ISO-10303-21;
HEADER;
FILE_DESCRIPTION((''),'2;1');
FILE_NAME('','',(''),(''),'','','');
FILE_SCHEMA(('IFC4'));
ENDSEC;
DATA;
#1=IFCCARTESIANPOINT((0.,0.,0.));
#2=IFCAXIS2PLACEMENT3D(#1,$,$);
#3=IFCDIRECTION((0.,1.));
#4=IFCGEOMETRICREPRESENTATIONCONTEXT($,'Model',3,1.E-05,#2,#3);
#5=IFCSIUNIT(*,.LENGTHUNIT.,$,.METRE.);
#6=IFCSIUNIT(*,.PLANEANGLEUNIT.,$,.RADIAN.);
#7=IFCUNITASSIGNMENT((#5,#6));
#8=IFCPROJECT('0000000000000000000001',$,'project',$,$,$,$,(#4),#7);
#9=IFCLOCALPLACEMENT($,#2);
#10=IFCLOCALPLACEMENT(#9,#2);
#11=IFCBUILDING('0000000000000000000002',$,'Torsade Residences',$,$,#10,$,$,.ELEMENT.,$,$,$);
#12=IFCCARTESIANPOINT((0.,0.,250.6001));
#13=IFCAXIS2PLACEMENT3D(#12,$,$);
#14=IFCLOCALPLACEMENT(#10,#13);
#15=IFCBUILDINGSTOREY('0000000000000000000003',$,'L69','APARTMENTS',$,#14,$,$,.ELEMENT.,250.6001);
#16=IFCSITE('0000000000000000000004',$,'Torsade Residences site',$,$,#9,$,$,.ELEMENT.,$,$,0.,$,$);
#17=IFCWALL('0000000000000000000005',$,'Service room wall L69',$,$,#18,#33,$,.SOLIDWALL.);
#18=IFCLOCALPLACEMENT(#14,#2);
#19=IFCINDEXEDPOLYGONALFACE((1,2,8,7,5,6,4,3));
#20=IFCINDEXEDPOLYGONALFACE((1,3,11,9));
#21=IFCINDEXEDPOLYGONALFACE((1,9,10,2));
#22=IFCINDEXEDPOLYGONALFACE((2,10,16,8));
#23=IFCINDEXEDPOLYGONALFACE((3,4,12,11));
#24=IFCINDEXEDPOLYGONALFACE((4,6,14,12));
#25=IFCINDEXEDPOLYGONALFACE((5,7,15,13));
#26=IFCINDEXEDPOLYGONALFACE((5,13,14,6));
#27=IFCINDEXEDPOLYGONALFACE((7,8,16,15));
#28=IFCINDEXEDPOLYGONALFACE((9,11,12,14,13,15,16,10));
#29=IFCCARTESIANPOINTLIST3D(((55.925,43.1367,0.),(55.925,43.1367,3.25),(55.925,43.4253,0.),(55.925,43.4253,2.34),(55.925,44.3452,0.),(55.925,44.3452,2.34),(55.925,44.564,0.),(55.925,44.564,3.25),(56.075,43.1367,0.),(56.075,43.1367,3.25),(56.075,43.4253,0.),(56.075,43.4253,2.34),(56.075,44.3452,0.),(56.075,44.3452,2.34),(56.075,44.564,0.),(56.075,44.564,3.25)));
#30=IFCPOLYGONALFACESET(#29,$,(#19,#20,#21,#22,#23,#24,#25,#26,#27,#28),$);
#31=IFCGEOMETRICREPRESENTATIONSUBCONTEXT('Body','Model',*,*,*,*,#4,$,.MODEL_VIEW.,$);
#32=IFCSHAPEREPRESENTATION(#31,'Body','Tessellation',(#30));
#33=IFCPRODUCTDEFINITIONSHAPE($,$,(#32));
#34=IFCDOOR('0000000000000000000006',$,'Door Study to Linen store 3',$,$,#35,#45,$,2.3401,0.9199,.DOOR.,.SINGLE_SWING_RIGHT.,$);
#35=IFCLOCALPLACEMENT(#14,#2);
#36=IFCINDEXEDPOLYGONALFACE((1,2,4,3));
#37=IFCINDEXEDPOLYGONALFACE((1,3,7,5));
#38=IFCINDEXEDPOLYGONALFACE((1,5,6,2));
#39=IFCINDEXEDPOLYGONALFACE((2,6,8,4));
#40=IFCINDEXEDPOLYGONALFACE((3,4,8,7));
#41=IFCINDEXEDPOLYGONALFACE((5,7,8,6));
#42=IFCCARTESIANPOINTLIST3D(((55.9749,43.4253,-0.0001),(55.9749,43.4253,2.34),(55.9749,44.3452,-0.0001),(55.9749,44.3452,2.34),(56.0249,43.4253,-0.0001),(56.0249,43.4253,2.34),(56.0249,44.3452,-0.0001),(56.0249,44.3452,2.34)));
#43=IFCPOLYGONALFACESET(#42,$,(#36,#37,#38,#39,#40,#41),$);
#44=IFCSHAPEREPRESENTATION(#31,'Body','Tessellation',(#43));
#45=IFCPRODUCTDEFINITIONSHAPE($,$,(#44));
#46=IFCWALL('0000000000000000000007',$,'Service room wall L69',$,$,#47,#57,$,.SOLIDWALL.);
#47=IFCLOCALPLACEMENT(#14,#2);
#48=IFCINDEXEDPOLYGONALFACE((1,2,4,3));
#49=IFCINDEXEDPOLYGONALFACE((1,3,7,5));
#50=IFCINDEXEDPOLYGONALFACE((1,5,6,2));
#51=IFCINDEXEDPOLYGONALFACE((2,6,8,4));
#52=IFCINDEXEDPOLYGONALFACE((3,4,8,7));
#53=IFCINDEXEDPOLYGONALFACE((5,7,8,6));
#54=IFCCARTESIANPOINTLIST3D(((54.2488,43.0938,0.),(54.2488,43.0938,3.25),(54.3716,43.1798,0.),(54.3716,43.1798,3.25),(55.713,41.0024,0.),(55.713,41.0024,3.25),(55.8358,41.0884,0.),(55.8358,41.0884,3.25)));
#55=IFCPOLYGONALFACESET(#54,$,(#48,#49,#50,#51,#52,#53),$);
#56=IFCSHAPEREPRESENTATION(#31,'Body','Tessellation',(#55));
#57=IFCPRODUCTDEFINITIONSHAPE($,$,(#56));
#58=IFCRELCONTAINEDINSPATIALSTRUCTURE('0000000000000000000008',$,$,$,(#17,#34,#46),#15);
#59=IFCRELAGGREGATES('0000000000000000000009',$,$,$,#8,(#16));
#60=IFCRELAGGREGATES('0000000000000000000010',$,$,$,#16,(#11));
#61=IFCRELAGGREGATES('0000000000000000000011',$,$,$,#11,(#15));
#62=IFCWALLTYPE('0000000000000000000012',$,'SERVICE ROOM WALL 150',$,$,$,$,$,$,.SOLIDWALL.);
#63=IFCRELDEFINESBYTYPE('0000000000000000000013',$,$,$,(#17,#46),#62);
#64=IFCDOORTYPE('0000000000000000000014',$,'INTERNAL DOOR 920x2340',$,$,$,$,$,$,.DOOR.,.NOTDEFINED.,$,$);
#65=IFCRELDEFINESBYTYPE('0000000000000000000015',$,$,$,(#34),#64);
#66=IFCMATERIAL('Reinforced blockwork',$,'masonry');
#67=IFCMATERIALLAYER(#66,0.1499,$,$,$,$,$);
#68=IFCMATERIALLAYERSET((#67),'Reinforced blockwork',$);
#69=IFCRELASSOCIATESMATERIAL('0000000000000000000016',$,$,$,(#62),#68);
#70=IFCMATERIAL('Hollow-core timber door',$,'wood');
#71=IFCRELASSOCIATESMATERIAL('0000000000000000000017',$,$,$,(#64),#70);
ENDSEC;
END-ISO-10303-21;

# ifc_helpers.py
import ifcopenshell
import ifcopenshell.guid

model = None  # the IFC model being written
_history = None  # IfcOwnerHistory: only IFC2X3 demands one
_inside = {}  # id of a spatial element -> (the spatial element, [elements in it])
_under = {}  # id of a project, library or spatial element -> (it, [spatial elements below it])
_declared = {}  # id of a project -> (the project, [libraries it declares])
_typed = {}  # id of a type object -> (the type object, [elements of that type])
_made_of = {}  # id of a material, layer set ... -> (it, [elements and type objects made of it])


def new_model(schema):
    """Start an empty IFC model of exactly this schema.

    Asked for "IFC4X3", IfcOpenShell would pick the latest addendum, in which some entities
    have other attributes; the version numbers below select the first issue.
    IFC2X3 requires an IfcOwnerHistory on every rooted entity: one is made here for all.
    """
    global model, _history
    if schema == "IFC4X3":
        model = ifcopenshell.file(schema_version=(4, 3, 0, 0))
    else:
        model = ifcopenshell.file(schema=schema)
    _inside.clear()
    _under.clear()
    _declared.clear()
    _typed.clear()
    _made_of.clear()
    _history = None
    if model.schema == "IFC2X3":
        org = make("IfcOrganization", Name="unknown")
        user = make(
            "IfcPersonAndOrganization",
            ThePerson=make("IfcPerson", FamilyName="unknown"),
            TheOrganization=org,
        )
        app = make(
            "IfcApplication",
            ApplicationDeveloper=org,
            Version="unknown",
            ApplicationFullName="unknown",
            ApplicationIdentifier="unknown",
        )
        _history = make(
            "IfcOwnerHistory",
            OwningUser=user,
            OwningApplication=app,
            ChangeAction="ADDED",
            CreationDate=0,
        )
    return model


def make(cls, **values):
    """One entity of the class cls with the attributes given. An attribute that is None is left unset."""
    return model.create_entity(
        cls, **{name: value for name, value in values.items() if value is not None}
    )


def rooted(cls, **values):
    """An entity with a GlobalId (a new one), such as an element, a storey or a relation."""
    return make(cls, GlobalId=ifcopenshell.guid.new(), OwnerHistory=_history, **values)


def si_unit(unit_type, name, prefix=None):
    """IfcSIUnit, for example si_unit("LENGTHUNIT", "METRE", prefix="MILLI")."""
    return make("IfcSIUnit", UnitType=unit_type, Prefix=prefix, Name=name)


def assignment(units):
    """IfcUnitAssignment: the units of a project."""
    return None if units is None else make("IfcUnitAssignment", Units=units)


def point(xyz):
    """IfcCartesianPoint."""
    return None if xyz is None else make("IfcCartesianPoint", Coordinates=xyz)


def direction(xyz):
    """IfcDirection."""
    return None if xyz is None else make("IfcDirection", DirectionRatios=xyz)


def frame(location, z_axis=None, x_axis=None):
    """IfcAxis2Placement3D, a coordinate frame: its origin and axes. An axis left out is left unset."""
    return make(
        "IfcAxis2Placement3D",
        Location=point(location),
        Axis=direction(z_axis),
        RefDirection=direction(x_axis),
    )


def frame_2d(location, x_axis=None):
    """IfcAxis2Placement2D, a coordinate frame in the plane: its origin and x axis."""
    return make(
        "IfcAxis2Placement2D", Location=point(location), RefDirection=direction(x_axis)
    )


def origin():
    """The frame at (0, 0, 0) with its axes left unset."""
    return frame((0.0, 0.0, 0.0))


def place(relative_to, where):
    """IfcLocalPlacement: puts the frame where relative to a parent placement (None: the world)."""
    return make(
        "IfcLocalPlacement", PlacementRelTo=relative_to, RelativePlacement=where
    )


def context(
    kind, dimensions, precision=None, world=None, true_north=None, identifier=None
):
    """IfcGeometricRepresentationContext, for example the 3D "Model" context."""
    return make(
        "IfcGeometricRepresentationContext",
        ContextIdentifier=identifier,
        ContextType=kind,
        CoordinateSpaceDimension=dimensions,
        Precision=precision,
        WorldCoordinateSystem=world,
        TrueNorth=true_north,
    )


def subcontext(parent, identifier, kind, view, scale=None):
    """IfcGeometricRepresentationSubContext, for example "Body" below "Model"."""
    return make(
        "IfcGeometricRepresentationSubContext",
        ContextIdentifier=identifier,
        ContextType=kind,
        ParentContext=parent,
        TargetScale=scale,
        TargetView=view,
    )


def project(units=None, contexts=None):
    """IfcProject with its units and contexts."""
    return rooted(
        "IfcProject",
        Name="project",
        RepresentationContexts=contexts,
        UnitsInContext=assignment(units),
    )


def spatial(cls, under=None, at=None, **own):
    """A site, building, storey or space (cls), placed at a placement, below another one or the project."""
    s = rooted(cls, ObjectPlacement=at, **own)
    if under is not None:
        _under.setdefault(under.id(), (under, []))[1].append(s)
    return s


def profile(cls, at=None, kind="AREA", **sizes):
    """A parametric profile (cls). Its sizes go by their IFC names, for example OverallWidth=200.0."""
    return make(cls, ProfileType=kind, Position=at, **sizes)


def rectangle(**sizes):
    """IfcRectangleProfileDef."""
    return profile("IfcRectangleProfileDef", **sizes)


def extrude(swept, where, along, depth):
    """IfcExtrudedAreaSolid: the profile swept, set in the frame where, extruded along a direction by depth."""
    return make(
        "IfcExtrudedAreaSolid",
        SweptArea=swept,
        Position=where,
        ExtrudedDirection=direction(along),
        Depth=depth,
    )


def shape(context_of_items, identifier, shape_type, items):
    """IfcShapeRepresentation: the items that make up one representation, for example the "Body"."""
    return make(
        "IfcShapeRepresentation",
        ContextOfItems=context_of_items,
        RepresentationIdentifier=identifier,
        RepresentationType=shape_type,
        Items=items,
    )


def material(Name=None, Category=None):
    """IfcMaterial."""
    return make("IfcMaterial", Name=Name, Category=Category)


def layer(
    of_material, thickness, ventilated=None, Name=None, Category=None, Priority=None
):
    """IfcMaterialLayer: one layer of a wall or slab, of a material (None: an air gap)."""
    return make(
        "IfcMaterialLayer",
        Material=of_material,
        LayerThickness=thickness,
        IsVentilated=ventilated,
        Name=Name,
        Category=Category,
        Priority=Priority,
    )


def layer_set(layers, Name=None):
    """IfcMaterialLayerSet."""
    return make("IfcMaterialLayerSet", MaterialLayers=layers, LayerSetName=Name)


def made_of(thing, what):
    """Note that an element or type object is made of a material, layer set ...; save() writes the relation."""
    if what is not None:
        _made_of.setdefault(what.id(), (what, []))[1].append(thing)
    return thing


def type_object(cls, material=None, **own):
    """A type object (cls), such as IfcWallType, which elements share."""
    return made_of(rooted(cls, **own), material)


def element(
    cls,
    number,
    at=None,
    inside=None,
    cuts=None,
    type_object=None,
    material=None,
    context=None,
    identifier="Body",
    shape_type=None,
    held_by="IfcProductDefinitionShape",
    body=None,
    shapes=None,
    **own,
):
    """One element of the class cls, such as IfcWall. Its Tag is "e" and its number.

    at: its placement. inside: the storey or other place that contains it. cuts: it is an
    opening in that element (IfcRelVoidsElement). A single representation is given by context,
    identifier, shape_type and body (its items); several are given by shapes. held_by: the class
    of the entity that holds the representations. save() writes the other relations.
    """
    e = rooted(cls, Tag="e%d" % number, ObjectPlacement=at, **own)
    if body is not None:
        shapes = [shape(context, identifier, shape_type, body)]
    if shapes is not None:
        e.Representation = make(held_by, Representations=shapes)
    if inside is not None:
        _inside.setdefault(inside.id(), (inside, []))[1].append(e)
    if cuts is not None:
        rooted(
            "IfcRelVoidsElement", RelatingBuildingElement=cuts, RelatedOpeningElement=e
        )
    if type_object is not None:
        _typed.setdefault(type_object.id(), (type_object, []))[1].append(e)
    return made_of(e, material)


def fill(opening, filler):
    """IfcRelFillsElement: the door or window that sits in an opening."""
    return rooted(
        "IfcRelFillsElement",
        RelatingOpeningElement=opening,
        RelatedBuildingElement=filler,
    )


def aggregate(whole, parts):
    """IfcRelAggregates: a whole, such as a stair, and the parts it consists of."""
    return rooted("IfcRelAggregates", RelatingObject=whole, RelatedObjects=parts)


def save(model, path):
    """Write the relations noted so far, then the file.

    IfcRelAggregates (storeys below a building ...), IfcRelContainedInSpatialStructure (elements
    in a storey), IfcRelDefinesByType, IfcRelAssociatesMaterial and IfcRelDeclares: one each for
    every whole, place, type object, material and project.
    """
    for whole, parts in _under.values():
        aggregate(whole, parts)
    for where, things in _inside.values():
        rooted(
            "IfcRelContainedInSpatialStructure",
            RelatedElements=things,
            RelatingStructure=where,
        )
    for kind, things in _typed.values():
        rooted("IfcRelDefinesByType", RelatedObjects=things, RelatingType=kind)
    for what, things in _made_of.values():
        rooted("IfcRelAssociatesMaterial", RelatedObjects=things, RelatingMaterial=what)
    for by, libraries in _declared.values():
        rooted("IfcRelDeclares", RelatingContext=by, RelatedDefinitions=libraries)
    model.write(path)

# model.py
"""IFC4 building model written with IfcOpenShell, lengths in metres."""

from ifc_helpers import new_model, si_unit, direction, frame, frame_2d, origin, place, context, subcontext, project, spatial, rectangle, extrude, material, layer, layer_set, type_object, element, fill, save


model = new_model("IFC4")

# Units and contexts
model_context = context("Model", 3, precision=1e-05, world=origin(), true_north=direction((0.0, 1.0)))
body_context = subcontext(model_context, "Body", "Model", "MODEL_VIEW")
ifc_project = project(units=[si_unit("LENGTHUNIT", "METRE"), si_unit("PLANEANGLEUNIT", "RADIAN")], contexts=[model_context])

# Site, building, storey
site_placement = place(None, origin())
site = spatial("IfcSite", under=ifc_project, at=site_placement, Name="Torsade Residences site", CompositionType="ELEMENT", RefElevation=0.0)
building_placement = place(site_placement, origin())
building = spatial("IfcBuilding", under=site, at=building_placement, Name="Torsade Residences", CompositionType="ELEMENT")
storey_placement = place(building_placement, frame((0.0, 0.0, 250.6001)))
storey = spatial("IfcBuildingStorey", under=building, at=storey_placement, Name="L69", Description="APARTMENTS", CompositionType="ELEMENT", Elevation=250.6001)

# Shared definitions
ifc_material_1 = material(Name="Reinforced blockwork", Category="masonry")
ifc_layer_1 = layer(ifc_material_1, 0.1499)
ifc_layer_set_1 = layer_set([ifc_layer_1], Name="Reinforced blockwork")
wall_type_1 = type_object("IfcWallType", Name="SERVICE ROOM WALL 150", PredefinedType="SOLIDWALL", material=ifc_layer_set_1)

# Wall, opening, door
wall_1_placement = place(storey_placement, frame((56.0, 44.564, 0.0), z_axis=(0.0, 0.0, 1.0), x_axis=(0.0, -1.0, 0.0)))
wall_1 = element("IfcWall", 1, at=wall_1_placement, inside=storey, type_object=wall_type_1, Name="Service room wall L69", PredefinedType="SOLIDWALL", context=body_context, shape_type="SweptSolid", body=[
    extrude(rectangle(XDim=1.4272, YDim=0.1499, at=frame_2d((0.7136, 0.0))), origin(), (0.0, 0.0, 1.0), 3.25),
])
opening_1_placement = place(wall_1_placement, frame((0.2188, 0.0, 0.0)))
opening_1 = element("IfcOpeningElement", 2, at=opening_1_placement, cuts=wall_1, PredefinedType="OPENING", context=body_context, shape_type="SweptSolid", body=[
    extrude(rectangle(XDim=0.9199, YDim=2.3401, at=frame_2d((0.46, 1.1699))), frame((0.0, 0.085, 0.0), z_axis=(0.0, -1.0, 0.0), x_axis=(1.0, 0.0, 0.0)), (0.0, 0.0, 1.0), 0.1699),
])
ifc_material_2 = material(Name="Hollow-core timber door", Category="wood")
door_type_1 = type_object("IfcDoorType", Name="INTERNAL DOOR 920x2340", OperationType="NOTDEFINED", PredefinedType="DOOR", material=ifc_material_2)
door_1_placement = place(opening_1_placement, origin())
door_1 = element("IfcDoor", 3, at=door_1_placement, inside=storey, type_object=door_type_1, Name="Door Study to Linen store 3", OperationType="SINGLE_SWING_RIGHT", OverallHeight=2.3401, OverallWidth=0.9199, PredefinedType="DOOR", context=body_context, shape_type="SweptSolid", body=[
    extrude(rectangle(XDim=0.9199, YDim=2.3401, at=frame_2d((0.46, 1.1699))), frame((0.0, 0.0249, 0.0), z_axis=(0.0, -1.0, 0.0), x_axis=(1.0, 0.0, 0.0)), (0.0, 0.0, 1.0), 0.05),
])
fill(opening_1, door_1)

# Wall
wall_2_placement = place(storey_placement, frame((54.3103, 43.1367, 0.0), z_axis=(0.0, 0.0, 1.0), x_axis=(0.573514, -0.819196, 0.0)))
element("IfcWall", 4, at=wall_2_placement, inside=storey, type_object=wall_type_1, Name="Service room wall L69", PredefinedType="SOLIDWALL", context=body_context, shape_type="SweptSolid", body=[
    extrude(rectangle(XDim=2.553, YDim=0.1499, at=frame_2d((1.2764, 0.0))), origin(), (0.0, 0.0, 1.0), 3.25),
])

save(model, "model.ifc")
